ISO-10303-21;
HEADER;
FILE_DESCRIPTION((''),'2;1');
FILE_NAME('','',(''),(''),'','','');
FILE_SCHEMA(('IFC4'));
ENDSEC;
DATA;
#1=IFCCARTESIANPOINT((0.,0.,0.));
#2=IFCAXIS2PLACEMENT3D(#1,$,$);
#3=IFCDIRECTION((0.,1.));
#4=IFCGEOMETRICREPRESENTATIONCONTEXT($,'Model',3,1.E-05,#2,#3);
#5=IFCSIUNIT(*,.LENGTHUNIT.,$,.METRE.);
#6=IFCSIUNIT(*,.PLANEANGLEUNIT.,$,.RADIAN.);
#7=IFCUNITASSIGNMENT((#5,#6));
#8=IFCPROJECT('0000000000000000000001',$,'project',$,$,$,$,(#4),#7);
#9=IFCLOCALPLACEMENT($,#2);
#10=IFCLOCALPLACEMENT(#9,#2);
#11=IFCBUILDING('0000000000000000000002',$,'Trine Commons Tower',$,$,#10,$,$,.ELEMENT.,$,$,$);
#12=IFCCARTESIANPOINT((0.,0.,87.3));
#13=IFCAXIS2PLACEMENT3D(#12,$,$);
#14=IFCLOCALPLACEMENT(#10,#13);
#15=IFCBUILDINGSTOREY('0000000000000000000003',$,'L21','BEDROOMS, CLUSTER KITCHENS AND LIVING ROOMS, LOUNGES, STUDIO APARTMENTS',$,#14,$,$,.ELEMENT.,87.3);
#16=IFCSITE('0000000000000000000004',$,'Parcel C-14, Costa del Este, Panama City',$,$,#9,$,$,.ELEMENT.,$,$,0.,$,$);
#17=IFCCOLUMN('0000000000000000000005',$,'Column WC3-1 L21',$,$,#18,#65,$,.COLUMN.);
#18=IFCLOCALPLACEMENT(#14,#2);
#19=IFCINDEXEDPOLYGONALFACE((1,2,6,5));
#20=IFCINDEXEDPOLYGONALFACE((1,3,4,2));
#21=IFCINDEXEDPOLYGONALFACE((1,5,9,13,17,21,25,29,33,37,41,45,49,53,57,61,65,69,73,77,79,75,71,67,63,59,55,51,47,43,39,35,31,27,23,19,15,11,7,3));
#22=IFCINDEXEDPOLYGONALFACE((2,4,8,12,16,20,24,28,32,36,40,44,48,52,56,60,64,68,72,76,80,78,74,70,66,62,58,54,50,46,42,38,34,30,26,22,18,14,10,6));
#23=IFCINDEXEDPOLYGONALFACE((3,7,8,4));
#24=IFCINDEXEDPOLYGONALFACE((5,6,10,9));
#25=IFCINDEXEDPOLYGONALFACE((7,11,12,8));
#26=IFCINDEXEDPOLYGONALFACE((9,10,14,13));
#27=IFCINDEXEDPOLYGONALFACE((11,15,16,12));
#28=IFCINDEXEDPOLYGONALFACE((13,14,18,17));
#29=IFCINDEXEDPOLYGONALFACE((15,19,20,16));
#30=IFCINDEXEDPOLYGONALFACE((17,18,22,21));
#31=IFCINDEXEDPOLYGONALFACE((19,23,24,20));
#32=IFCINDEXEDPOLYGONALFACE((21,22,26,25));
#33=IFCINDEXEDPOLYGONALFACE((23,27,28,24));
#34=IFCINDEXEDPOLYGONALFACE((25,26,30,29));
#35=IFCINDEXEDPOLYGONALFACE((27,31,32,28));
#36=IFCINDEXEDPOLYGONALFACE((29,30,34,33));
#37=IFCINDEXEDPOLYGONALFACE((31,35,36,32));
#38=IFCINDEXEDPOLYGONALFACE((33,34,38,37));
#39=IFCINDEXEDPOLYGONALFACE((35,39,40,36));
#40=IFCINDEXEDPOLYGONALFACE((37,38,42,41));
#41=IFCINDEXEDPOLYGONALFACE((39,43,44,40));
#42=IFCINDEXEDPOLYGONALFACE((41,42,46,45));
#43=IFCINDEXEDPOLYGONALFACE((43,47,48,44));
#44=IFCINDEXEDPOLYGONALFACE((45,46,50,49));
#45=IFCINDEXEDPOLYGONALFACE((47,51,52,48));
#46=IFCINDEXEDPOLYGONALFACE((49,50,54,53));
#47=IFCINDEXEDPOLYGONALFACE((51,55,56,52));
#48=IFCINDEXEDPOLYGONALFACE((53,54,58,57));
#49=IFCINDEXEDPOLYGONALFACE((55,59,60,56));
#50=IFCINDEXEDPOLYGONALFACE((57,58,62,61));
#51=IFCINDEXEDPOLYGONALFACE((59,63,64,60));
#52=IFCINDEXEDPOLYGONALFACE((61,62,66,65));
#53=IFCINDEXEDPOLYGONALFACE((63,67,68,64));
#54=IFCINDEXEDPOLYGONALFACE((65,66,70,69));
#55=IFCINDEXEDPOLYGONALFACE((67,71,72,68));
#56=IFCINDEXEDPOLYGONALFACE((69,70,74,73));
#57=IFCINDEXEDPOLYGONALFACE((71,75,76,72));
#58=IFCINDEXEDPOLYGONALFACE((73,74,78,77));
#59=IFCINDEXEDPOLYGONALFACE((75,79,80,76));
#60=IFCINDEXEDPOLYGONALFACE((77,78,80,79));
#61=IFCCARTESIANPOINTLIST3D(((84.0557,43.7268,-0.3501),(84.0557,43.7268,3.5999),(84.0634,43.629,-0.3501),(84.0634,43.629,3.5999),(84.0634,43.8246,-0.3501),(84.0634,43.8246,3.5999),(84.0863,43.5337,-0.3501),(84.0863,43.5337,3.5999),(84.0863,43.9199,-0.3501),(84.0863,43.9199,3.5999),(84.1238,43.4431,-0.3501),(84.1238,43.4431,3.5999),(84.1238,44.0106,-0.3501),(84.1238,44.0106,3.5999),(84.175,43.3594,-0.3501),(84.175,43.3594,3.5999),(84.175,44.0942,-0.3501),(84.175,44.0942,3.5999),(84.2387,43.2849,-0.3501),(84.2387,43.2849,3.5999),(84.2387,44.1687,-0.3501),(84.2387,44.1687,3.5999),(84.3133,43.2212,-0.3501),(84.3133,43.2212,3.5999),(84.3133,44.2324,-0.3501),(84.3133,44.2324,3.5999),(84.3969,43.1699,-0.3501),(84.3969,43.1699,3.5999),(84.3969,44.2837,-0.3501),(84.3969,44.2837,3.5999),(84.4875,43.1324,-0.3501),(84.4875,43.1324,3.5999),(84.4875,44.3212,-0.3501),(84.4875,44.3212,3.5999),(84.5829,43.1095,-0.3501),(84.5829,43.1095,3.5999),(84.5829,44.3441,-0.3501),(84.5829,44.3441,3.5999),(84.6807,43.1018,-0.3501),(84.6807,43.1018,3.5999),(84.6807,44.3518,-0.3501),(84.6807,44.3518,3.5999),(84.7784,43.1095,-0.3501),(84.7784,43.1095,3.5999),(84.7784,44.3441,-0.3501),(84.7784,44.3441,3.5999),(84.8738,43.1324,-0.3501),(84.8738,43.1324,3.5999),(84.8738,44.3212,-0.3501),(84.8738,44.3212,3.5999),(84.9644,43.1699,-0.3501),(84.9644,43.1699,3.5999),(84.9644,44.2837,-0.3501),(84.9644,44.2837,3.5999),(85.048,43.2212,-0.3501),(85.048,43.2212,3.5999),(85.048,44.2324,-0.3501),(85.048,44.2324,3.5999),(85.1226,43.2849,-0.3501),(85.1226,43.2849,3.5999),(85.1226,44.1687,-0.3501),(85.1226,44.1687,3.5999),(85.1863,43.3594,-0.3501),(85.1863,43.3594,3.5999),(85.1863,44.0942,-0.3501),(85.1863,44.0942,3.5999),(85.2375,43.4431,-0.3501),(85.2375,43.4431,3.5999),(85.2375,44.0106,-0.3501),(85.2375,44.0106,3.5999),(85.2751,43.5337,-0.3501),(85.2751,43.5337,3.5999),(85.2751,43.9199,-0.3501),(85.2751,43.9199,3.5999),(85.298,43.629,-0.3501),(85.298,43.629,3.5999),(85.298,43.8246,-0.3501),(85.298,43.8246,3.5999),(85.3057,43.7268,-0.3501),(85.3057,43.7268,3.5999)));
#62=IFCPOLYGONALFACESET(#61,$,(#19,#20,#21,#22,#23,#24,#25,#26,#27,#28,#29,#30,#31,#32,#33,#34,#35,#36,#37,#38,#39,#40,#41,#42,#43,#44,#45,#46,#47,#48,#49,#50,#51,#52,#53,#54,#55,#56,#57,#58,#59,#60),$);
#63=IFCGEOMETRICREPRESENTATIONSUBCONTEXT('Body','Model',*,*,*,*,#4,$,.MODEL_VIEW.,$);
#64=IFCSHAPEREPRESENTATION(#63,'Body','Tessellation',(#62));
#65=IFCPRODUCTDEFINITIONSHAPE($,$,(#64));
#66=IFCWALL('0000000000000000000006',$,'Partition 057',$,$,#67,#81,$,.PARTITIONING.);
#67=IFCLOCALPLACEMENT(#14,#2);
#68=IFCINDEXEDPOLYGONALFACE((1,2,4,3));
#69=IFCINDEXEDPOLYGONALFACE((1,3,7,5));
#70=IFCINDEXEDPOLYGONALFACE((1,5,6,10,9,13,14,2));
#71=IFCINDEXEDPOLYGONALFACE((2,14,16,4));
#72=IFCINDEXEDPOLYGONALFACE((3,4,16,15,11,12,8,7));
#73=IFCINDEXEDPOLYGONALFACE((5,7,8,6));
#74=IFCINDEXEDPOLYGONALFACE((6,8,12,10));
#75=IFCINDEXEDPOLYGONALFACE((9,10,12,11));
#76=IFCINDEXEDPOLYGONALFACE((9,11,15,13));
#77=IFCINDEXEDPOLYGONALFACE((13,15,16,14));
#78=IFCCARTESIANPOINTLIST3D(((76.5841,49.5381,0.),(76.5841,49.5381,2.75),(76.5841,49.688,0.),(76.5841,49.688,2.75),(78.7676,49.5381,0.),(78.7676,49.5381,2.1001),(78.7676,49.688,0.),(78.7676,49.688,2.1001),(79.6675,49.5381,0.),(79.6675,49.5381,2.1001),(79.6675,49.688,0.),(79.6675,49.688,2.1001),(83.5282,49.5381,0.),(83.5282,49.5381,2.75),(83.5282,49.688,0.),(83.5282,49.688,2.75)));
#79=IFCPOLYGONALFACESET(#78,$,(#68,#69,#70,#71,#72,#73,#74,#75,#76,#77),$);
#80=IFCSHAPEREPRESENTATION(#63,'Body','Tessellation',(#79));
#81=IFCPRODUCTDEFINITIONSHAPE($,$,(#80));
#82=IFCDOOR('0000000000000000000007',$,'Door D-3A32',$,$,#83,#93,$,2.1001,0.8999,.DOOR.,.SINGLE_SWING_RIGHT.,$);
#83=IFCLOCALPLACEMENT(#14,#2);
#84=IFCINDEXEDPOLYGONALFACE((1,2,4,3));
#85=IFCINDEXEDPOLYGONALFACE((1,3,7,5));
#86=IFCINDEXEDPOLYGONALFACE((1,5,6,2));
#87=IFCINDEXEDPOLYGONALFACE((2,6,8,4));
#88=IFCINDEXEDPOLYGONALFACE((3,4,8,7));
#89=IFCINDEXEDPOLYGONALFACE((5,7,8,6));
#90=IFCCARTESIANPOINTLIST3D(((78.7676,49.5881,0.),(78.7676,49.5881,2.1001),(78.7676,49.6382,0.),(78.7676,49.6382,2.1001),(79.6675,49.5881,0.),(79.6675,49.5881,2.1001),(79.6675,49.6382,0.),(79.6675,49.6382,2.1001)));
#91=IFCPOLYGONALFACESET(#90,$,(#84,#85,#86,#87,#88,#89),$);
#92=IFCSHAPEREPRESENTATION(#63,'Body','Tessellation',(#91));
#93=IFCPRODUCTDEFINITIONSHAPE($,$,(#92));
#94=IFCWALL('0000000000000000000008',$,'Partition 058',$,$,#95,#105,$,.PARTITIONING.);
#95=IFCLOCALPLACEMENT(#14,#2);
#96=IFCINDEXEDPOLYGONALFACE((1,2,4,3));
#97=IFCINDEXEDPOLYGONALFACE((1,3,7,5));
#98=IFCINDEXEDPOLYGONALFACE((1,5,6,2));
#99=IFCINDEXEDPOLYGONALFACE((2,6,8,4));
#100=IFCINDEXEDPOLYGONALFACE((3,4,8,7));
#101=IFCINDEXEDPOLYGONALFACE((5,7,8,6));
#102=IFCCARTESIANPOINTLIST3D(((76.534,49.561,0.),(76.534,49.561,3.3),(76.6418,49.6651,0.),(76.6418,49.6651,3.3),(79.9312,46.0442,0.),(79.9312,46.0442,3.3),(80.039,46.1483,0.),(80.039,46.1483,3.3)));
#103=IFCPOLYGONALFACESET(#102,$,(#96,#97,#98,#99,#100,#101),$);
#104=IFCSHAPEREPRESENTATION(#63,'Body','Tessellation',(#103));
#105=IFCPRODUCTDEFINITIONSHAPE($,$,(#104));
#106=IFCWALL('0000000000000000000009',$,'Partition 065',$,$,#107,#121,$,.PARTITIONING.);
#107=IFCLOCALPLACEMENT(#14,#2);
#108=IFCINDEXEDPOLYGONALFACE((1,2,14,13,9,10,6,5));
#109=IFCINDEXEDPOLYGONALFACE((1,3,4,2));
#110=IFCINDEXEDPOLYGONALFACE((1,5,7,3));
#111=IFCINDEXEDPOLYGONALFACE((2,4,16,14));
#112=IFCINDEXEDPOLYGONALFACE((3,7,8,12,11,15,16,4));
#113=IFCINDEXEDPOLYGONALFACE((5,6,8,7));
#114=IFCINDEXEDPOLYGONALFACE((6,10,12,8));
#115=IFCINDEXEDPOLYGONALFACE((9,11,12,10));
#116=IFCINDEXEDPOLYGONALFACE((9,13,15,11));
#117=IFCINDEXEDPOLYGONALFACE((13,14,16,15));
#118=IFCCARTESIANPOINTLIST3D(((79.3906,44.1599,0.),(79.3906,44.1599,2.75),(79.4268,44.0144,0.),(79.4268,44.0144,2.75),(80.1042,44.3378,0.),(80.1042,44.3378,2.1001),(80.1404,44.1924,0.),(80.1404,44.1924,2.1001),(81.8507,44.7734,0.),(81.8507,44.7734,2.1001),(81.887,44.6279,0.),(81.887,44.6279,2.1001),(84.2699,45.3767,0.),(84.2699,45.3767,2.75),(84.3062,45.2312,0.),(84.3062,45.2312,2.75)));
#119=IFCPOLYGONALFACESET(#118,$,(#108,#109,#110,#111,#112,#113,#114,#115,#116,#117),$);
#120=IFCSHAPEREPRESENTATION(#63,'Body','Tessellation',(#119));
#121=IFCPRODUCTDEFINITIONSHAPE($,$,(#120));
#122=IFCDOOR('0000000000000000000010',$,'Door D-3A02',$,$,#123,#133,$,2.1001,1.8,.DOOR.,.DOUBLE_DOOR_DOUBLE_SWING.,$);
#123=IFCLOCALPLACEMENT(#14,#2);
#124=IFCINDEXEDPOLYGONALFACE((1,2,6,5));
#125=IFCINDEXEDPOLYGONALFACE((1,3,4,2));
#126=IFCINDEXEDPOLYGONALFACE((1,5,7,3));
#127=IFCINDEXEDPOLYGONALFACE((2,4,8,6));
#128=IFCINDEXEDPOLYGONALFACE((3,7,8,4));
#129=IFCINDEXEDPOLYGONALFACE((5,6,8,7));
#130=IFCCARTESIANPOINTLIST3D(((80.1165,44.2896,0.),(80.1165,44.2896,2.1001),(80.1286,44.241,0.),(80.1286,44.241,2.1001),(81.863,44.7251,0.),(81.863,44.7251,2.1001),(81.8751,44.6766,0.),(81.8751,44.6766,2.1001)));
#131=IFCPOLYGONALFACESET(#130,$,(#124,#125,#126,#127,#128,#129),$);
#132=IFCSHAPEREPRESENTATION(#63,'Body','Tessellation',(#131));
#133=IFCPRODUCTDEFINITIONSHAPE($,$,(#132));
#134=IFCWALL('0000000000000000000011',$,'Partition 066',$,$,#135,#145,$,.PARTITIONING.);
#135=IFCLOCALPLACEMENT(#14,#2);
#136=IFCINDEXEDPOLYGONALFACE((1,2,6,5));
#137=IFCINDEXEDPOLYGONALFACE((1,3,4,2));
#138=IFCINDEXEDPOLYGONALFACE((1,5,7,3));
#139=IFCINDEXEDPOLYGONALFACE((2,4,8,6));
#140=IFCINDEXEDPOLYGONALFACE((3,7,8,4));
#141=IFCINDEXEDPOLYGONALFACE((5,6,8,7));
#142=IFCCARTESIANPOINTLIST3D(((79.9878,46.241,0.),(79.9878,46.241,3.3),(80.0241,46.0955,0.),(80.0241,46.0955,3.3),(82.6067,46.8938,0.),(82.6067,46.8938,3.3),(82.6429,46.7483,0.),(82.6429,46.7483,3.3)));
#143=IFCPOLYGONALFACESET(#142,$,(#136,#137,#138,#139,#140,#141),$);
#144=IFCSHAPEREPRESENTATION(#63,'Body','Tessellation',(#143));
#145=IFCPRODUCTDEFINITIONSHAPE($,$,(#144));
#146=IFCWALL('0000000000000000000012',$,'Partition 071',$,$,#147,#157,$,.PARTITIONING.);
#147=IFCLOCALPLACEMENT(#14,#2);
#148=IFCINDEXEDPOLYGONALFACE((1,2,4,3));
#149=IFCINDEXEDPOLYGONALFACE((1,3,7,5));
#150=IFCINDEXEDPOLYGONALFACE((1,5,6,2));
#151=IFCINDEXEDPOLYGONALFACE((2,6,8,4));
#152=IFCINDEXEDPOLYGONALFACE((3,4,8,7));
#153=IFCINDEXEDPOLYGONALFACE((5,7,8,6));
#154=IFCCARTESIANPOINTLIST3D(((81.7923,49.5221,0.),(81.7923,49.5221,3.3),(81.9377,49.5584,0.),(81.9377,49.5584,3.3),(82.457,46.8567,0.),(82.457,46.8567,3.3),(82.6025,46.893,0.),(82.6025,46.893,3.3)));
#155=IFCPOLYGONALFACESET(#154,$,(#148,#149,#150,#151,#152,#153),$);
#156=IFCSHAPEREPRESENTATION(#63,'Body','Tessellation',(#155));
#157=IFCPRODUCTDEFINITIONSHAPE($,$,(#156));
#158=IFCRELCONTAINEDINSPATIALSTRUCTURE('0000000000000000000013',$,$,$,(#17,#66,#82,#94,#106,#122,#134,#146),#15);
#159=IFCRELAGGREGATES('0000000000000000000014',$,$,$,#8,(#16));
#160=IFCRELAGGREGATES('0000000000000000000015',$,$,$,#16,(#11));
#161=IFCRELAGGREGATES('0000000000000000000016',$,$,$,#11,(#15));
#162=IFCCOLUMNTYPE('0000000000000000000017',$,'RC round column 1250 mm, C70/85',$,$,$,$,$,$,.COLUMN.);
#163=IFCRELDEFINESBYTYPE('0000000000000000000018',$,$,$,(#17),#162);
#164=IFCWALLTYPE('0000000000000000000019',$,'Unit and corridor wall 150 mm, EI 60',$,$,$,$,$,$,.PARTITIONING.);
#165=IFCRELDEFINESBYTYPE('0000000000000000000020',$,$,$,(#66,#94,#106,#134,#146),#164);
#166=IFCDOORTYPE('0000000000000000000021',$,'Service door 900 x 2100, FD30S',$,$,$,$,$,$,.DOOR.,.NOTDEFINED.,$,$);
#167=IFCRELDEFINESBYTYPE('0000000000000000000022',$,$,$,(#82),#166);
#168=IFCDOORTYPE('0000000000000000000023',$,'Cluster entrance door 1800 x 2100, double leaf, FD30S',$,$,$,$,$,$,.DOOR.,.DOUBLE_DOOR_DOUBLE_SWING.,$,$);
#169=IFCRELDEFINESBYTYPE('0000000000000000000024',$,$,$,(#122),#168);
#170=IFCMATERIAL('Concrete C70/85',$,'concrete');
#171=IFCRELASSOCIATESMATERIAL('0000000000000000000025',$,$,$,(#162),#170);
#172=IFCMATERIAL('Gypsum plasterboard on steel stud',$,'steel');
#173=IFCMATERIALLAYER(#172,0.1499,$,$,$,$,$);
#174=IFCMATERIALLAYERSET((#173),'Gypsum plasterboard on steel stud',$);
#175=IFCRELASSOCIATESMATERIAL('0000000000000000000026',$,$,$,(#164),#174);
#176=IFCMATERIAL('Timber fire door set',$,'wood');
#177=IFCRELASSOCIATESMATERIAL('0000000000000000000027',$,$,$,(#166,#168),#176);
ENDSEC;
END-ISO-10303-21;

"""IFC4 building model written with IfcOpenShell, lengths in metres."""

from ifc_helpers import new_model, si_unit, direction, frame, frame_2d, origin, origin_2d, place, context, subcontext, project, spatial, rectangle, circle, extrude, material, layer, layer_set, material_profile, profile_set, type_object, element, fill, save


model = new_model("IFC4")

# Units and contexts
model_context = context("Model", 3, precision=1e-05, world=origin(), true_north=direction((0.0, 1.0)))
body_context = subcontext(model_context, "Body", "Model", "MODEL_VIEW")
ifc_project = project(units=[si_unit("LENGTHUNIT", "METRE"), si_unit("PLANEANGLEUNIT", "RADIAN")], contexts=[model_context])

# Site, building, storey
site_placement = place(None, origin())
site = spatial("IfcSite", under=ifc_project, at=site_placement, Name="Parcel C-14, Costa del Este, Panama City", CompositionType="ELEMENT", RefElevation=0.0)
building_placement = place(site_placement, origin())
building = spatial("IfcBuilding", under=site, at=building_placement, Name="Trine Commons Tower", CompositionType="ELEMENT")
storey_placement = place(building_placement, frame((0.0, 0.0, 87.3)))
storey = spatial("IfcBuildingStorey", under=building, at=storey_placement, Name="L21", Description="BEDROOMS, CLUSTER KITCHENS AND LIVING ROOMS, LOUNGES, STUDIO APARTMENTS", CompositionType="ELEMENT", Elevation=87.3)

# Column
ifc_material_1 = material(Name="Concrete C70/85", Category="concrete")
ifc_material_profile = material_profile(ifc_material_1, circle(Radius=0.625, at=origin_2d()), Name="RC round 1250")
ifc_profile_set = profile_set([ifc_material_profile], Name="Concrete C70/85")
column_type = type_object("IfcColumnType", Name="RC round column 1250 mm, C70/85", PredefinedType="COLUMN", material=ifc_profile_set)
column_placement = place(storey_placement, frame((84.6807, 43.7268, -0.3501), z_axis=(0.0, 0.0, 1.0), x_axis=(1.0, 0.0, 0.0)))
element("IfcColumn", 1, at=column_placement, inside=storey, type_object=column_type, Name="Column WC3-1 L21", PredefinedType="COLUMN", context=body_context, shape_type="SweptSolid", body=[
    extrude(circle(Radius=0.625, at=origin_2d()), origin(), (0.0, 0.0, 1.0), 3.95),
])

# Wall, opening, door
ifc_material_2 = material(Name="Gypsum plasterboard on steel stud", Category="steel")
ifc_layer_1 = layer(ifc_material_2, 0.1499)
ifc_layer_set_1 = layer_set([ifc_layer_1], Name="Gypsum plasterboard on steel stud")
wall_type_1 = type_object("IfcWallType", Name="Unit and corridor wall 150 mm, EI 60", PredefinedType="PARTITIONING", material=ifc_layer_set_1)
wall_1_placement = place(storey_placement, frame((76.584, 49.613, 0.0), z_axis=(0.0, 0.0, 1.0), x_axis=(1.0, 0.0, 0.0)))
wall_1 = element("IfcWall", 2, at=wall_1_placement, inside=storey, type_object=wall_type_1, Name="Partition 057", PredefinedType="PARTITIONING", context=body_context, shape_type="SweptSolid", body=[
    extrude(rectangle(XDim=6.9441, YDim=0.1499, at=frame_2d((3.4722, 0.0))), origin(), (0.0, 0.0, 1.0), 2.75),
])
opening_1_placement = place(wall_1_placement, frame((2.1836, 0.0, 0.0)))
opening_1 = element("IfcOpeningElement", 3, at=opening_1_placement, cuts=wall_1, PredefinedType="OPENING", context=body_context, shape_type="SweptSolid", body=[
    extrude(rectangle(XDim=0.8999, YDim=2.1001, at=frame_2d((0.45, 1.05))), frame((0.0, 0.085, 0.0), z_axis=(0.0, -1.0, 0.0), x_axis=(1.0, 0.0, 0.0)), (0.0, 0.0, 1.0), 0.1699),
])
ifc_material_3 = material(Name="Timber fire door set", Category="wood")
door_type_1 = type_object("IfcDoorType", Name="Service door 900 x 2100, FD30S", OperationType="NOTDEFINED", PredefinedType="DOOR", material=ifc_material_3)
door_1_placement = place(opening_1_placement, frame((0.8999, 0.0, 0.0), z_axis=(0.0, 0.0, 1.0), x_axis=(-1.0, 0.0, 0.0)))
door_1 = element("IfcDoor", 4, at=door_1_placement, inside=storey, type_object=door_type_1, Name="Door D-3A32", OperationType="SINGLE_SWING_RIGHT", OverallHeight=2.1001, OverallWidth=0.8999, PredefinedType="DOOR", context=body_context, shape_type="SweptSolid", body=[
    extrude(rectangle(XDim=0.8999, YDim=2.1001, at=frame_2d((0.45, 1.05))), frame((0.0, 0.0249, 0.0), z_axis=(0.0, -1.0, 0.0), x_axis=(1.0, 0.0, 0.0)), (0.0, 0.0, 1.0), 0.05),
])
fill(opening_1, door_1)

# Wall
wall_2_placement = place(storey_placement, frame((76.5879, 49.613, 0.0), z_axis=(0.0, 0.0, 1.0), x_axis=(0.694768, -0.719234, 0.0)))
element("IfcWall", 5, at=wall_2_placement, inside=storey, type_object=wall_type_1, Name="Partition 058", PredefinedType="PARTITIONING", context=body_context, shape_type="SweptSolid", body=[
    extrude(rectangle(XDim=4.8896, YDim=0.1499, at=frame_2d((2.4448, 0.0))), origin(), (0.0, 0.0, 1.0), 3.3),
])

# Wall, opening, door
wall_3_placement = place(storey_placement, frame((79.4087, 44.0872, 0.0), z_axis=(0.0, 0.0, 1.0), x_axis=(0.970285, 0.241964, 0.0)))
wall_3 = element("IfcWall", 6, at=wall_3_placement, inside=storey, type_object=wall_type_1, Name="Partition 065", PredefinedType="PARTITIONING", context=body_context, shape_type="SweptSolid", body=[
    extrude(rectangle(XDim=5.0288, YDim=0.1499, at=frame_2d((2.5144, 0.0))), origin(), (0.0, 0.0, 1.0), 2.75),
])
opening_2_placement = place(wall_3_placement, frame((0.7356, 0.0, 0.0)))
opening_2 = element("IfcOpeningElement", 7, at=opening_2_placement, cuts=wall_3, PredefinedType="OPENING", context=body_context, shape_type="SweptSolid", body=[
    extrude(rectangle(XDim=1.8, YDim=2.1001, at=frame_2d((0.8999, 1.05))), frame((0.0, 0.085, 0.0), z_axis=(0.0, -1.0, 0.0), x_axis=(1.0, 0.0, 0.0)), (0.0, 0.0, 1.0), 0.1699),
])
door_type_2 = type_object("IfcDoorType", Name="Cluster entrance door 1800 x 2100, double leaf, FD30S", OperationType="DOUBLE_DOOR_DOUBLE_SWING", PredefinedType="DOOR", material=ifc_material_3)
door_2_placement = place(opening_2_placement, frame((1.8, 0.0, 0.0), z_axis=(0.0, 0.0, 1.0), x_axis=(-1.0, 0.0, 0.0)))
door_2 = element("IfcDoor", 8, at=door_2_placement, inside=storey, type_object=door_type_2, Name="Door D-3A02", OperationType="DOUBLE_DOOR_DOUBLE_SWING", OverallHeight=2.1001, OverallWidth=1.8, PredefinedType="DOOR", context=body_context, shape_type="SweptSolid", body=[
    extrude(rectangle(XDim=1.8, YDim=2.1001, at=frame_2d((0.8999, 1.05))), frame((0.0, 0.0249, 0.0), z_axis=(0.0, -1.0, 0.0), x_axis=(1.0, 0.0, 0.0)), (0.0, 0.0, 1.0), 0.05),
])
fill(opening_2, door_2)

# Walls
wall_4_placement = place(storey_placement, frame((80.0059, 46.1682, 0.0), z_axis=(0.0, 0.0, 1.0), x_axis=(0.970307, 0.241876, 0.0)))
element("IfcWall", 9, at=wall_4_placement, inside=storey, type_object=wall_type_1, Name="Partition 066", PredefinedType="PARTITIONING", context=body_context, shape_type="SweptSolid", body=[
    extrude(rectangle(XDim=2.699, YDim=0.1499, at=frame_2d((1.3496, 0.0))), origin(), (0.0, 0.0, 1.0), 3.3),
])
wall_5_placement = place(storey_placement, frame((81.865, 49.5403, 0.0), z_axis=(0.0, 0.0, 1.0), x_axis=(0.241992, -0.970278, 0.0)))
element("IfcWall", 10, at=wall_5_placement, inside=storey, type_object=wall_type_1, Name="Partition 071", PredefinedType="PARTITIONING", context=body_context, shape_type="SweptSolid", body=[
    extrude(rectangle(XDim=2.7471, YDim=0.1499, at=frame_2d((1.3735, 0.0))), origin(), (0.0, 0.0, 1.0), 3.3),
])

save(model, "model.ifc")
